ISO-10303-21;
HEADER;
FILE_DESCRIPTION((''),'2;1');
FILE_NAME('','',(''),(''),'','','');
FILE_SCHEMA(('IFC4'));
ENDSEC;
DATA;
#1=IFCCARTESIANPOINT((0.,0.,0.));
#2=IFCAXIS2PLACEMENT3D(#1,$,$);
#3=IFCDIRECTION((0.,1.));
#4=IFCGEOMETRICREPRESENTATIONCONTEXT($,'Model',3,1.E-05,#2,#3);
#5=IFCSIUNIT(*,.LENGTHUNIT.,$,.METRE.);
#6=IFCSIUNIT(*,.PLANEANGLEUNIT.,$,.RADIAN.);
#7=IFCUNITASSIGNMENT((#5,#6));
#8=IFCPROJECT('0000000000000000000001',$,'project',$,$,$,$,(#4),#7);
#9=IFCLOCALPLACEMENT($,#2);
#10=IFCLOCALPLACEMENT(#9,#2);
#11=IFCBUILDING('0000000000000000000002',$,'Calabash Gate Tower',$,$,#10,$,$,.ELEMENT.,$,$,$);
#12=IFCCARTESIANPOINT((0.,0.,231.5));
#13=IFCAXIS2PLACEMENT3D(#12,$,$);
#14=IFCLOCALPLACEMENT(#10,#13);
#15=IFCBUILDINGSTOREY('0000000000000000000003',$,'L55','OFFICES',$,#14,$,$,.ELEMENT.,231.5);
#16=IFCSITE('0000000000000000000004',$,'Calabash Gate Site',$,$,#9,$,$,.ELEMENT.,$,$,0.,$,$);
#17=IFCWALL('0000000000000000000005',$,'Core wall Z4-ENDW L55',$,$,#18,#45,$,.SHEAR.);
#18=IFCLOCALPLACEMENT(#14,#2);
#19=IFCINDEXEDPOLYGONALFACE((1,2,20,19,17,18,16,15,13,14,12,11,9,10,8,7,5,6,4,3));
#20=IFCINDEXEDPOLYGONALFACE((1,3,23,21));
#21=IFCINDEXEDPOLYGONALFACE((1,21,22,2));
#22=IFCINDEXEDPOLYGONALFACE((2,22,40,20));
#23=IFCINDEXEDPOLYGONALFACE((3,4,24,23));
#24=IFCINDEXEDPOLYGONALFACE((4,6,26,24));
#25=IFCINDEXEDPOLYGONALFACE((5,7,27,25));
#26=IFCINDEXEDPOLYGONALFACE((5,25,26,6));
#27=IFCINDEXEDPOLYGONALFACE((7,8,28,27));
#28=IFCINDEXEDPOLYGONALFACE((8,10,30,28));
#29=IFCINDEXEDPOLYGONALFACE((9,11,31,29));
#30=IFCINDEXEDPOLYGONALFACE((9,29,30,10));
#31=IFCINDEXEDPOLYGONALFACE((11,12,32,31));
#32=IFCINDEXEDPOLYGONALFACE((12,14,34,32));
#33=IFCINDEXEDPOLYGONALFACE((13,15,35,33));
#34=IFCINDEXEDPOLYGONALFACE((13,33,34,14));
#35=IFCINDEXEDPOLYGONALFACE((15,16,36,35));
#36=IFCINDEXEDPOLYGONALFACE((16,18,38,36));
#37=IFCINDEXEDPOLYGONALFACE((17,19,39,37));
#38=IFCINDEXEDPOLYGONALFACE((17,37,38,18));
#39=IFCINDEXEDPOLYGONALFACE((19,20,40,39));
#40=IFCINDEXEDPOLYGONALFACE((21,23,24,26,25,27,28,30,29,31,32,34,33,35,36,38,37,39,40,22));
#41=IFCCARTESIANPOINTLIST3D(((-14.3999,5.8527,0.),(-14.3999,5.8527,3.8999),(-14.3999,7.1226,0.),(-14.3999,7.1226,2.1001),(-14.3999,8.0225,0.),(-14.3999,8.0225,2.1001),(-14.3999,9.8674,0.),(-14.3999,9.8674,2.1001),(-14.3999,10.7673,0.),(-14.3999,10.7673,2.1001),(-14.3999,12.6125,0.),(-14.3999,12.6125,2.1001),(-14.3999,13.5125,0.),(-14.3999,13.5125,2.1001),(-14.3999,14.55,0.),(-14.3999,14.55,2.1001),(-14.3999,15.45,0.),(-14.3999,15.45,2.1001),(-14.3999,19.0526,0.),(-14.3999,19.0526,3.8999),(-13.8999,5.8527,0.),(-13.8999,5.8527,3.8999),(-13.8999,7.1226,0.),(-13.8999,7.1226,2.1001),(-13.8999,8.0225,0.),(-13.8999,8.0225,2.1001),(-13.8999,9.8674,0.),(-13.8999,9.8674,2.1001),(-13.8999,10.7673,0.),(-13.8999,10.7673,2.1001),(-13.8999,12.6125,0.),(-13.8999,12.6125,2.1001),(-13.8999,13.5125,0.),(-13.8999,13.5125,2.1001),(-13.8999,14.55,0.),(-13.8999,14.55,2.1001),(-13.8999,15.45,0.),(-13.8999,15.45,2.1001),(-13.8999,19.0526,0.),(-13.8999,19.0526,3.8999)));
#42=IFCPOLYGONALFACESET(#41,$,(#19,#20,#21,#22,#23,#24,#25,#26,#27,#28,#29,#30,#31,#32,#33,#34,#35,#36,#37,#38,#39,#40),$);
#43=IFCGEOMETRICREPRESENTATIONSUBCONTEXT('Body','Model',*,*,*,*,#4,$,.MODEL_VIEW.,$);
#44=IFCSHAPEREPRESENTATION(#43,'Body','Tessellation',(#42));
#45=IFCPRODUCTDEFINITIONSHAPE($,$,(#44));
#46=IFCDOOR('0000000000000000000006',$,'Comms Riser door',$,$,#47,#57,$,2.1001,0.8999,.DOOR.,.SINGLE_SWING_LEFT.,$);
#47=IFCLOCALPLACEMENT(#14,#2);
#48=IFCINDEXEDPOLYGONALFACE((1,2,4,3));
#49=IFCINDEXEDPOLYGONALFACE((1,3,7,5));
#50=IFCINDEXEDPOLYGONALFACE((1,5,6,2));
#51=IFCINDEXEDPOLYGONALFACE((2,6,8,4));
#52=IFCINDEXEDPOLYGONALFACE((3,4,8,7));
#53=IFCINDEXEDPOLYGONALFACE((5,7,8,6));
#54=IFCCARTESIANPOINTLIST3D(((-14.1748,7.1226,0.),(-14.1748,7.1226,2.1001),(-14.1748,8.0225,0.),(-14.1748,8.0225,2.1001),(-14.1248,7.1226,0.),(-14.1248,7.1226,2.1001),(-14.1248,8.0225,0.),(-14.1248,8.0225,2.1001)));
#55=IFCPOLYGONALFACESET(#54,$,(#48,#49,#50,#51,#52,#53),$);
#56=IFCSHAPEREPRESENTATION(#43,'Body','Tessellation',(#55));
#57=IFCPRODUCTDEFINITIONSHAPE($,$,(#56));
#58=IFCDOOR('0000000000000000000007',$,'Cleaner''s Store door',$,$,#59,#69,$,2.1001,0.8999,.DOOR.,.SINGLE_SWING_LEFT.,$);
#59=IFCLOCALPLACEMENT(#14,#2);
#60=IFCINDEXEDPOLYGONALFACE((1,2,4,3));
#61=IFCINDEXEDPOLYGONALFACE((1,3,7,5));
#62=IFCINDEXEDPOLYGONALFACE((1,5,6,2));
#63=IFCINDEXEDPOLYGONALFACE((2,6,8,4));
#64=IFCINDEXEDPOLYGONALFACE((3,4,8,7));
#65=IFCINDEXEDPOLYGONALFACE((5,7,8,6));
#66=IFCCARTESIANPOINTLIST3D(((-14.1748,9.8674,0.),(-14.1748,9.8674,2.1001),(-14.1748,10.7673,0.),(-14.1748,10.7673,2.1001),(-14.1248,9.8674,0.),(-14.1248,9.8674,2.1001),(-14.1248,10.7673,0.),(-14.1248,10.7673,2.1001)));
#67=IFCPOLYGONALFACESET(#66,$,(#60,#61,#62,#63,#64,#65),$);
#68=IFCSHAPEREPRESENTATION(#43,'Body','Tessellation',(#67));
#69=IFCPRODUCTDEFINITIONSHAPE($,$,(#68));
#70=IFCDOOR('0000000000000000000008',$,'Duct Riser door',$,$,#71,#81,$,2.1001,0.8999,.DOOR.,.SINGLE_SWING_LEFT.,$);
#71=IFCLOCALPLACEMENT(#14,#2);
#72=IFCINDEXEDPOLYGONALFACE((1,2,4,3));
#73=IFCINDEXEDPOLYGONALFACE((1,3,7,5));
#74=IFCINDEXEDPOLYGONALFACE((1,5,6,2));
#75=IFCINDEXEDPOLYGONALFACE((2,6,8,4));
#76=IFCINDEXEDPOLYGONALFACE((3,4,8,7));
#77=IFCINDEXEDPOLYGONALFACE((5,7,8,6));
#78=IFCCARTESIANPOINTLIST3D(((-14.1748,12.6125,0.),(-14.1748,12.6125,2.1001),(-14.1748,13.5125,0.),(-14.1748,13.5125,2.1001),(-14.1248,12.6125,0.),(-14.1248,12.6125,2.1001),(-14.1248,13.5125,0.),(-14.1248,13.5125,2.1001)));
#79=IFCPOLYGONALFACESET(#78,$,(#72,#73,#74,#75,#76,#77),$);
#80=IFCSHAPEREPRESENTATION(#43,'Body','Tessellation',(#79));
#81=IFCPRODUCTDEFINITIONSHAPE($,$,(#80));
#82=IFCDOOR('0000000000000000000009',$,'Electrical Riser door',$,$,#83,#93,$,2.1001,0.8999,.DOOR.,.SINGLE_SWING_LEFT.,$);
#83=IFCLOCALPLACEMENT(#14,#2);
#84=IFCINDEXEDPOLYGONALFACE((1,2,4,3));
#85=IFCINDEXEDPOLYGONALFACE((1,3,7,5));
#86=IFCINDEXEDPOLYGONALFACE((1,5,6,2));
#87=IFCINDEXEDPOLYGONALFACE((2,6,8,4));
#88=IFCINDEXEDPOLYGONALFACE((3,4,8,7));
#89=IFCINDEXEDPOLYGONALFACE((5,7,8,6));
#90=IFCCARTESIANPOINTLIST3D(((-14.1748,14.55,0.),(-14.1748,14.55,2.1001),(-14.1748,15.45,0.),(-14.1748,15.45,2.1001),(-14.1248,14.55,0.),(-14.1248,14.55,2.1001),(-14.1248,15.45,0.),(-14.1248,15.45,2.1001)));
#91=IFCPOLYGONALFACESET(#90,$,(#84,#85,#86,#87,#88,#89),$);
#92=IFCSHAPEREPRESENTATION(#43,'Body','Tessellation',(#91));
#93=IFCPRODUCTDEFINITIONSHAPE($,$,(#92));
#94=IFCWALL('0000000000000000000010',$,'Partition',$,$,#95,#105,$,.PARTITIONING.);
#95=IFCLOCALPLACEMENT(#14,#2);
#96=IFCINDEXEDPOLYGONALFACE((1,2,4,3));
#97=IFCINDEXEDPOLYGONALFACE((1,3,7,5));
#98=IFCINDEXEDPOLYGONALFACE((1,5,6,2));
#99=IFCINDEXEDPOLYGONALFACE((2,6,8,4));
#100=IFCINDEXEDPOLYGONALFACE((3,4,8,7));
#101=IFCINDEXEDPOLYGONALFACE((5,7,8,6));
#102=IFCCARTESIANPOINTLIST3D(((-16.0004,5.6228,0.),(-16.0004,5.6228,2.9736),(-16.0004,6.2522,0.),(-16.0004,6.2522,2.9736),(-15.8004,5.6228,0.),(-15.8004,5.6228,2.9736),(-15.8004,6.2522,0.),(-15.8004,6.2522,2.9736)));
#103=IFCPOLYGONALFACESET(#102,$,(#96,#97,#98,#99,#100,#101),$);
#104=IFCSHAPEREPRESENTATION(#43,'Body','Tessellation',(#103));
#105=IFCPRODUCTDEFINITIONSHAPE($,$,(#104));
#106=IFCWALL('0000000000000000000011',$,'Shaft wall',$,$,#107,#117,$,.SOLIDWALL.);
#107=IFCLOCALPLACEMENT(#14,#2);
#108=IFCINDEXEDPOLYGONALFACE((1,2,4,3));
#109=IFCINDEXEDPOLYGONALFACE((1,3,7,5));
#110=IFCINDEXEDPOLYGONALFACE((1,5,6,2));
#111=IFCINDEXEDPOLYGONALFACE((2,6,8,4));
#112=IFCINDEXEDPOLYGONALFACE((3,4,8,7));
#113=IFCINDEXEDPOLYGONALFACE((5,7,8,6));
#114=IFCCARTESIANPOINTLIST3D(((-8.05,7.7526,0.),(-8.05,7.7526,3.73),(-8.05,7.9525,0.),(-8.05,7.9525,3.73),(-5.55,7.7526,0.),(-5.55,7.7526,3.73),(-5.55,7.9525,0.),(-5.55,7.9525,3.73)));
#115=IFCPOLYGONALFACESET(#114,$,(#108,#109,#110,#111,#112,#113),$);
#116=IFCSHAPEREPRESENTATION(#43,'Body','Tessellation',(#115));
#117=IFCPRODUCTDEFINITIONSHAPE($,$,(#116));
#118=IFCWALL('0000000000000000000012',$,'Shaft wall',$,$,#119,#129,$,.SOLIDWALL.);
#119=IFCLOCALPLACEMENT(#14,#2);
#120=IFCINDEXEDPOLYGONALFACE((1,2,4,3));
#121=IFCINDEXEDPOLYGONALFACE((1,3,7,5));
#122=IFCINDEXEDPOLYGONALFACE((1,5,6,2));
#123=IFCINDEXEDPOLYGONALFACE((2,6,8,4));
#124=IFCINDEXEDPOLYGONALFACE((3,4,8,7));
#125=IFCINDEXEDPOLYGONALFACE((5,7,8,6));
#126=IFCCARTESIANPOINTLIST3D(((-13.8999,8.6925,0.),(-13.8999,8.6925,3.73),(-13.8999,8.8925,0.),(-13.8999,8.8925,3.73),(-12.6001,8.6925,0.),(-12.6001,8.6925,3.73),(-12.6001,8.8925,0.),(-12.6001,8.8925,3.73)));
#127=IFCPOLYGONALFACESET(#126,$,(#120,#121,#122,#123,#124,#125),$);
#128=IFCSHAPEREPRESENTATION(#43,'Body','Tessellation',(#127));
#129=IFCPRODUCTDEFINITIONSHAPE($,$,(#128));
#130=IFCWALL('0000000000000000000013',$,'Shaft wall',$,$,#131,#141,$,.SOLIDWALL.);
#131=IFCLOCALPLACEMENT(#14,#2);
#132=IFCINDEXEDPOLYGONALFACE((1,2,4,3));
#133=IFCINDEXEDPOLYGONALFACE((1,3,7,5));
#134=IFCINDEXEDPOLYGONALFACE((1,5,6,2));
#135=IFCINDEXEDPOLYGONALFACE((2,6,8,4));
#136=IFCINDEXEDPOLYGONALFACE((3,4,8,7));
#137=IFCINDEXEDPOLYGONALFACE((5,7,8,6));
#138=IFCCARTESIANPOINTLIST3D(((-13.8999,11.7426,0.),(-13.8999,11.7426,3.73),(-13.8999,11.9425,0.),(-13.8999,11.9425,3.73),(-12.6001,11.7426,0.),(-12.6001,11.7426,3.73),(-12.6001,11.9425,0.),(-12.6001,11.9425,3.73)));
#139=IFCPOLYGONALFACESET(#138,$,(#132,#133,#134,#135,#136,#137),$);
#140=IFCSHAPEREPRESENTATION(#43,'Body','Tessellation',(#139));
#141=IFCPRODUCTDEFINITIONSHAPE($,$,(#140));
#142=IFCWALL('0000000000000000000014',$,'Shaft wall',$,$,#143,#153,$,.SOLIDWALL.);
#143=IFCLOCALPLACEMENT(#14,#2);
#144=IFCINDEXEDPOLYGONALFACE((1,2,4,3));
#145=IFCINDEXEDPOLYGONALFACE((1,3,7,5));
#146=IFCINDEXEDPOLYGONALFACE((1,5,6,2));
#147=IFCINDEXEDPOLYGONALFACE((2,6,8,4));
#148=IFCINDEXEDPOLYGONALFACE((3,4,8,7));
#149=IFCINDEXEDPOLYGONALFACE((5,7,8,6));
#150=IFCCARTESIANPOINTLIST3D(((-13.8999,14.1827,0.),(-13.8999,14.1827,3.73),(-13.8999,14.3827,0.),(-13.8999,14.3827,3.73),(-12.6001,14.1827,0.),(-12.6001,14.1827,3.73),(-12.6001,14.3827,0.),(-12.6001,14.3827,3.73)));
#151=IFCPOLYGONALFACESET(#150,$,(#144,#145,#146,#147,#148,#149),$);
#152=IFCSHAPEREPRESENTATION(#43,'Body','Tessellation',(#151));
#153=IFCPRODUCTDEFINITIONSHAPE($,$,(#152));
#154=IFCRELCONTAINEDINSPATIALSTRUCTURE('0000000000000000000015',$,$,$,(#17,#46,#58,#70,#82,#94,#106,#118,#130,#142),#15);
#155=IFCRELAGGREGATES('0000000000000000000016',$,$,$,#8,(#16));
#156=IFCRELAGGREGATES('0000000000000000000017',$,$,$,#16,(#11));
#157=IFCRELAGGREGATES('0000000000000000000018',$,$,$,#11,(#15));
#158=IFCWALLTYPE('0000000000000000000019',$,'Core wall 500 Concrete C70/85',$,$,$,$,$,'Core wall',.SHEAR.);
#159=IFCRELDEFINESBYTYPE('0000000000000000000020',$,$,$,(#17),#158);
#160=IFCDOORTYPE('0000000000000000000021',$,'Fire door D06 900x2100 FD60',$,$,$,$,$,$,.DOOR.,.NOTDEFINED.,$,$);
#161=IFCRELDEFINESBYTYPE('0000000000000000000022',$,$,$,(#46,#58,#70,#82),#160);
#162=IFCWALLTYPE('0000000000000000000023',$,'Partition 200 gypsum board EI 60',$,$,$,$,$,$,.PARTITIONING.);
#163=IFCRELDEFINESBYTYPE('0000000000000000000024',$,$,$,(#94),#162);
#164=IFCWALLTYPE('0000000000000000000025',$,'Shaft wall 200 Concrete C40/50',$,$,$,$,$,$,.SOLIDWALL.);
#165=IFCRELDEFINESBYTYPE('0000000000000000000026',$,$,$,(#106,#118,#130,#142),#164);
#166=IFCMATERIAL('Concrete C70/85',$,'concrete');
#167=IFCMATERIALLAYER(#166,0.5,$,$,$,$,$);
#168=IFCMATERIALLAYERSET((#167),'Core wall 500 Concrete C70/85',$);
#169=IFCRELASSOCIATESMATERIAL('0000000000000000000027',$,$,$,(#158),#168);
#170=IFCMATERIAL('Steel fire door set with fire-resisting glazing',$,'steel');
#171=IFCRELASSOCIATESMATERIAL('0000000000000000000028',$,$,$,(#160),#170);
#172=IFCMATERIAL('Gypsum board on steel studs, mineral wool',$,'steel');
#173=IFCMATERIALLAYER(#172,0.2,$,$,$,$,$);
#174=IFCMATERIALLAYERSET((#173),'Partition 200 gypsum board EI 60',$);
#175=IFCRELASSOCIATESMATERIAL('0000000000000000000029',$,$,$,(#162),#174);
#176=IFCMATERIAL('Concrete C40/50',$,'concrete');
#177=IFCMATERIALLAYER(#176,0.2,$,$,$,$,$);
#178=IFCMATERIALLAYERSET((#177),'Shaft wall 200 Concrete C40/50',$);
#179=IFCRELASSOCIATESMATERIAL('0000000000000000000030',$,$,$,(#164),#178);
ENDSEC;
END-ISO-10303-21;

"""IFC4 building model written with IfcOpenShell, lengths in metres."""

from ifc_helpers import new_model, si_unit, direction, frame, frame_2d, origin, place, context, subcontext, project, spatial, rectangle, extrude, material, layer, layer_set, type_object, element, fill, save


model = new_model("IFC4")

# Units and contexts
model_context = context("Model", 3, precision=1e-05, world=origin(), true_north=direction((0.0, 1.0)))
body_context = subcontext(model_context, "Body", "Model", "MODEL_VIEW")
ifc_project = project(units=[si_unit("LENGTHUNIT", "METRE"), si_unit("PLANEANGLEUNIT", "RADIAN")], contexts=[model_context])

# Site, building, storey
site_placement = place(None, origin())
site = spatial("IfcSite", under=ifc_project, at=site_placement, Name="Calabash Gate Site", CompositionType="ELEMENT", RefElevation=0.0)
building_placement = place(site_placement, origin())
building = spatial("IfcBuilding", under=site, at=building_placement, Name="Calabash Gate Tower", CompositionType="ELEMENT")
storey_placement = place(building_placement, frame((0.0, 0.0, 231.5)))
storey = spatial("IfcBuildingStorey", under=building, at=storey_placement, Name="L55", Description="OFFICES", CompositionType="ELEMENT", Elevation=231.5)

# Shared definitions
ifc_material_1 = material(Name="Concrete C70/85", Category="concrete")
ifc_layer_1 = layer(ifc_material_1, 0.5)
ifc_layer_set_1 = layer_set([ifc_layer_1], Name="Core wall 500 Concrete C70/85")
wall_type_1 = type_object("IfcWallType", Name="Core wall 500 Concrete C70/85", ElementType="Core wall", PredefinedType="SHEAR", material=ifc_layer_set_1)

# Wall, openings, doors
wall_1_placement = place(storey_placement, frame((-14.1499, 5.8525, 0.0), z_axis=(0.0, 0.0, 1.0), x_axis=(0.0, 1.0, 0.0)))
wall_1 = element("IfcWall", 1, at=wall_1_placement, inside=storey, type_object=wall_type_1, Name="Core wall Z4-ENDW L55", PredefinedType="SHEAR", context=body_context, shape_type="SweptSolid", body=[
    extrude(rectangle(XDim=13.2, YDim=0.5, at=frame_2d((6.6001, 0.0))), origin(), (0.0, 0.0, 1.0), 3.8999),
])
opening_1_placement = place(wall_1_placement, frame((1.27, 0.0, 0.0)))
opening_1 = element("IfcOpeningElement", 2, at=opening_1_placement, cuts=wall_1, PredefinedType="OPENING", context=body_context, shape_type="SweptSolid", body=[
    extrude(rectangle(XDim=0.8999, YDim=2.1001, at=frame_2d((0.45, 1.05))), frame((0.0, 0.26, 0.0), z_axis=(0.0, -1.0, 0.0), x_axis=(1.0, 0.0, 0.0)), (0.0, 0.0, 1.0), 0.52),
])
opening_2_placement = place(wall_1_placement, frame((4.0149, 0.0, 0.0)))
opening_2 = element("IfcOpeningElement", 3, at=opening_2_placement, cuts=wall_1, PredefinedType="OPENING", context=body_context, shape_type="SweptSolid", body=[
    extrude(rectangle(XDim=0.8999, YDim=2.1001, at=frame_2d((0.45, 1.05))), frame((0.0, 0.26, 0.0), z_axis=(0.0, -1.0, 0.0), x_axis=(1.0, 0.0, 0.0)), (0.0, 0.0, 1.0), 0.52),
])
opening_3_placement = place(wall_1_placement, frame((6.76, 0.0, 0.0)))
opening_3 = element("IfcOpeningElement", 4, at=opening_3_placement, cuts=wall_1, PredefinedType="OPENING", context=body_context, shape_type="SweptSolid", body=[
    extrude(rectangle(XDim=0.8999, YDim=2.1001, at=frame_2d((0.45, 1.05))), frame((0.0, 0.26, 0.0), z_axis=(0.0, -1.0, 0.0), x_axis=(1.0, 0.0, 0.0)), (0.0, 0.0, 1.0), 0.52),
])
opening_4_placement = place(wall_1_placement, frame((8.6975, 0.0, 0.0)))
opening_4 = element("IfcOpeningElement", 5, at=opening_4_placement, cuts=wall_1, PredefinedType="OPENING", context=body_context, shape_type="SweptSolid", body=[
    extrude(rectangle(XDim=0.8999, YDim=2.1001, at=frame_2d((0.45, 1.05))), frame((0.0, 0.26, 0.0), z_axis=(0.0, -1.0, 0.0), x_axis=(1.0, 0.0, 0.0)), (0.0, 0.0, 1.0), 0.52),
])
ifc_material_2 = material(Name="Steel fire door set with fire-resisting glazing", Category="steel")
door_type_1 = type_object("IfcDoorType", Name="Fire door D06 900x2100 FD60", OperationType="NOTDEFINED", PredefinedType="DOOR", material=ifc_material_2)
door_1_placement = place(opening_1_placement, origin())
door_1 = element("IfcDoor", 6, at=door_1_placement, inside=storey, type_object=door_type_1, Name="Comms Riser door", OperationType="SINGLE_SWING_LEFT", OverallHeight=2.1001, OverallWidth=0.8999, PredefinedType="DOOR", context=body_context, shape_type="SweptSolid", body=[
    extrude(rectangle(XDim=0.8999, YDim=2.1001, at=frame_2d((0.45, 1.05))), frame((0.0, 0.0249, 0.0), z_axis=(0.0, -1.0, 0.0), x_axis=(1.0, 0.0, 0.0)), (0.0, 0.0, 1.0), 0.05),
])
fill(opening_1, door_1)
door_2_placement = place(opening_2_placement, origin())
door_2 = element("IfcDoor", 7, at=door_2_placement, inside=storey, type_object=door_type_1, Name="Cleaner's Store door", OperationType="SINGLE_SWING_LEFT", OverallHeight=2.1001, OverallWidth=0.8999, PredefinedType="DOOR", context=body_context, shape_type="SweptSolid", body=[
    extrude(rectangle(XDim=0.8999, YDim=2.1001, at=frame_2d((0.45, 1.05))), frame((0.0, 0.0249, 0.0), z_axis=(0.0, -1.0, 0.0), x_axis=(1.0, 0.0, 0.0)), (0.0, 0.0, 1.0), 0.05),
])
fill(opening_2, door_2)
door_3_placement = place(opening_3_placement, origin())
door_3 = element("IfcDoor", 8, at=door_3_placement, inside=storey, type_object=door_type_1, Name="Duct Riser door", OperationType="SINGLE_SWING_LEFT", OverallHeight=2.1001, OverallWidth=0.8999, PredefinedType="DOOR", context=body_context, shape_type="SweptSolid", body=[
    extrude(rectangle(XDim=0.8999, YDim=2.1001, at=frame_2d((0.45, 1.05))), frame((0.0, 0.0249, 0.0), z_axis=(0.0, -1.0, 0.0), x_axis=(1.0, 0.0, 0.0)), (0.0, 0.0, 1.0), 0.05),
])
fill(opening_3, door_3)
door_4_placement = place(opening_4_placement, origin())
door_4 = element("IfcDoor", 9, at=door_4_placement, inside=storey, type_object=door_type_1, Name="Electrical Riser door", OperationType="SINGLE_SWING_LEFT", OverallHeight=2.1001, OverallWidth=0.8999, PredefinedType="DOOR", context=body_context, shape_type="SweptSolid", body=[
    extrude(rectangle(XDim=0.8999, YDim=2.1001, at=frame_2d((0.45, 1.05))), frame((0.0, 0.0249, 0.0), z_axis=(0.0, -1.0, 0.0), x_axis=(1.0, 0.0, 0.0)), (0.0, 0.0, 1.0), 0.05),
])
fill(opening_4, door_4)

# Wall
ifc_material_3 = material(Name="Gypsum board on steel studs, mineral wool", Category="steel")
ifc_layer_2 = layer(ifc_material_3, 0.2)
ifc_layer_set_2 = layer_set([ifc_layer_2], Name="Partition 200 gypsum board EI 60")
wall_type_2 = type_object("IfcWallType", Name="Partition 200 gypsum board EI 60", PredefinedType="PARTITIONING", material=ifc_layer_set_2)
wall_2_placement = place(storey_placement, frame((-15.9004, 6.2522, 0.0), z_axis=(0.0, 0.0, 1.0), x_axis=(0.0, -1.0, 0.0)))
element("IfcWall", 10, at=wall_2_placement, inside=storey, type_object=wall_type_2, Name="Partition", PredefinedType="PARTITIONING", context=body_context, shape_type="SweptSolid", body=[
    extrude(rectangle(XDim=0.6294, YDim=0.2, at=frame_2d((0.3147, 0.0))), origin(), (0.0, 0.0, 1.0), 2.9736),
])

# Walls
ifc_material_4 = material(Name="Concrete C40/50", Category="concrete")
ifc_layer_3 = layer(ifc_material_4, 0.2)
ifc_layer_set_3 = layer_set([ifc_layer_3], Name="Shaft wall 200 Concrete C40/50")
wall_type_3 = type_object("IfcWallType", Name="Shaft wall 200 Concrete C40/50", PredefinedType="SOLIDWALL", material=ifc_layer_set_3)
wall_3_placement = place(storey_placement, frame((-8.05, 7.8525, 0.0), z_axis=(0.0, 0.0, 1.0), x_axis=(1.0, 0.0, 0.0)))
element("IfcWall", 11, at=wall_3_placement, inside=storey, type_object=wall_type_3, Name="Shaft wall", PredefinedType="SOLIDWALL", context=body_context, shape_type="SweptSolid", body=[
    extrude(rectangle(XDim=2.5, YDim=0.2, at=frame_2d((1.25, 0.0))), origin(), (0.0, 0.0, 1.0), 3.73),
])
for number, where, z_axis, x_axis, name in (
    (12, (-13.8999, 8.7925, 0.0), (0.0, 0.0, 1.0), (1.0, 0.0, 0.0), "Shaft wall"),
    (13, (-13.8999, 11.8425, 0.0), (0.0, 0.0, 1.0), (1.0, 0.0, 0.0), "Shaft wall"),
    (14, (-13.8999, 14.2827, 0.0), (0.0, 0.0, 1.0), (1.0, 0.0, 0.0), "Shaft wall"),
):
    element("IfcWall", number, at=place(storey_placement, frame(where, z_axis=z_axis, x_axis=x_axis)), inside=storey, type_object=wall_type_3, Name=name, PredefinedType="SOLIDWALL", context=body_context, shape_type="SweptSolid", body=[
        extrude(rectangle(XDim=1.2998, YDim=0.2, at=frame_2d((0.6499, 0.0))), origin(), (0.0, 0.0, 1.0), 3.73),
    ])

save(model, "model.ifc")
